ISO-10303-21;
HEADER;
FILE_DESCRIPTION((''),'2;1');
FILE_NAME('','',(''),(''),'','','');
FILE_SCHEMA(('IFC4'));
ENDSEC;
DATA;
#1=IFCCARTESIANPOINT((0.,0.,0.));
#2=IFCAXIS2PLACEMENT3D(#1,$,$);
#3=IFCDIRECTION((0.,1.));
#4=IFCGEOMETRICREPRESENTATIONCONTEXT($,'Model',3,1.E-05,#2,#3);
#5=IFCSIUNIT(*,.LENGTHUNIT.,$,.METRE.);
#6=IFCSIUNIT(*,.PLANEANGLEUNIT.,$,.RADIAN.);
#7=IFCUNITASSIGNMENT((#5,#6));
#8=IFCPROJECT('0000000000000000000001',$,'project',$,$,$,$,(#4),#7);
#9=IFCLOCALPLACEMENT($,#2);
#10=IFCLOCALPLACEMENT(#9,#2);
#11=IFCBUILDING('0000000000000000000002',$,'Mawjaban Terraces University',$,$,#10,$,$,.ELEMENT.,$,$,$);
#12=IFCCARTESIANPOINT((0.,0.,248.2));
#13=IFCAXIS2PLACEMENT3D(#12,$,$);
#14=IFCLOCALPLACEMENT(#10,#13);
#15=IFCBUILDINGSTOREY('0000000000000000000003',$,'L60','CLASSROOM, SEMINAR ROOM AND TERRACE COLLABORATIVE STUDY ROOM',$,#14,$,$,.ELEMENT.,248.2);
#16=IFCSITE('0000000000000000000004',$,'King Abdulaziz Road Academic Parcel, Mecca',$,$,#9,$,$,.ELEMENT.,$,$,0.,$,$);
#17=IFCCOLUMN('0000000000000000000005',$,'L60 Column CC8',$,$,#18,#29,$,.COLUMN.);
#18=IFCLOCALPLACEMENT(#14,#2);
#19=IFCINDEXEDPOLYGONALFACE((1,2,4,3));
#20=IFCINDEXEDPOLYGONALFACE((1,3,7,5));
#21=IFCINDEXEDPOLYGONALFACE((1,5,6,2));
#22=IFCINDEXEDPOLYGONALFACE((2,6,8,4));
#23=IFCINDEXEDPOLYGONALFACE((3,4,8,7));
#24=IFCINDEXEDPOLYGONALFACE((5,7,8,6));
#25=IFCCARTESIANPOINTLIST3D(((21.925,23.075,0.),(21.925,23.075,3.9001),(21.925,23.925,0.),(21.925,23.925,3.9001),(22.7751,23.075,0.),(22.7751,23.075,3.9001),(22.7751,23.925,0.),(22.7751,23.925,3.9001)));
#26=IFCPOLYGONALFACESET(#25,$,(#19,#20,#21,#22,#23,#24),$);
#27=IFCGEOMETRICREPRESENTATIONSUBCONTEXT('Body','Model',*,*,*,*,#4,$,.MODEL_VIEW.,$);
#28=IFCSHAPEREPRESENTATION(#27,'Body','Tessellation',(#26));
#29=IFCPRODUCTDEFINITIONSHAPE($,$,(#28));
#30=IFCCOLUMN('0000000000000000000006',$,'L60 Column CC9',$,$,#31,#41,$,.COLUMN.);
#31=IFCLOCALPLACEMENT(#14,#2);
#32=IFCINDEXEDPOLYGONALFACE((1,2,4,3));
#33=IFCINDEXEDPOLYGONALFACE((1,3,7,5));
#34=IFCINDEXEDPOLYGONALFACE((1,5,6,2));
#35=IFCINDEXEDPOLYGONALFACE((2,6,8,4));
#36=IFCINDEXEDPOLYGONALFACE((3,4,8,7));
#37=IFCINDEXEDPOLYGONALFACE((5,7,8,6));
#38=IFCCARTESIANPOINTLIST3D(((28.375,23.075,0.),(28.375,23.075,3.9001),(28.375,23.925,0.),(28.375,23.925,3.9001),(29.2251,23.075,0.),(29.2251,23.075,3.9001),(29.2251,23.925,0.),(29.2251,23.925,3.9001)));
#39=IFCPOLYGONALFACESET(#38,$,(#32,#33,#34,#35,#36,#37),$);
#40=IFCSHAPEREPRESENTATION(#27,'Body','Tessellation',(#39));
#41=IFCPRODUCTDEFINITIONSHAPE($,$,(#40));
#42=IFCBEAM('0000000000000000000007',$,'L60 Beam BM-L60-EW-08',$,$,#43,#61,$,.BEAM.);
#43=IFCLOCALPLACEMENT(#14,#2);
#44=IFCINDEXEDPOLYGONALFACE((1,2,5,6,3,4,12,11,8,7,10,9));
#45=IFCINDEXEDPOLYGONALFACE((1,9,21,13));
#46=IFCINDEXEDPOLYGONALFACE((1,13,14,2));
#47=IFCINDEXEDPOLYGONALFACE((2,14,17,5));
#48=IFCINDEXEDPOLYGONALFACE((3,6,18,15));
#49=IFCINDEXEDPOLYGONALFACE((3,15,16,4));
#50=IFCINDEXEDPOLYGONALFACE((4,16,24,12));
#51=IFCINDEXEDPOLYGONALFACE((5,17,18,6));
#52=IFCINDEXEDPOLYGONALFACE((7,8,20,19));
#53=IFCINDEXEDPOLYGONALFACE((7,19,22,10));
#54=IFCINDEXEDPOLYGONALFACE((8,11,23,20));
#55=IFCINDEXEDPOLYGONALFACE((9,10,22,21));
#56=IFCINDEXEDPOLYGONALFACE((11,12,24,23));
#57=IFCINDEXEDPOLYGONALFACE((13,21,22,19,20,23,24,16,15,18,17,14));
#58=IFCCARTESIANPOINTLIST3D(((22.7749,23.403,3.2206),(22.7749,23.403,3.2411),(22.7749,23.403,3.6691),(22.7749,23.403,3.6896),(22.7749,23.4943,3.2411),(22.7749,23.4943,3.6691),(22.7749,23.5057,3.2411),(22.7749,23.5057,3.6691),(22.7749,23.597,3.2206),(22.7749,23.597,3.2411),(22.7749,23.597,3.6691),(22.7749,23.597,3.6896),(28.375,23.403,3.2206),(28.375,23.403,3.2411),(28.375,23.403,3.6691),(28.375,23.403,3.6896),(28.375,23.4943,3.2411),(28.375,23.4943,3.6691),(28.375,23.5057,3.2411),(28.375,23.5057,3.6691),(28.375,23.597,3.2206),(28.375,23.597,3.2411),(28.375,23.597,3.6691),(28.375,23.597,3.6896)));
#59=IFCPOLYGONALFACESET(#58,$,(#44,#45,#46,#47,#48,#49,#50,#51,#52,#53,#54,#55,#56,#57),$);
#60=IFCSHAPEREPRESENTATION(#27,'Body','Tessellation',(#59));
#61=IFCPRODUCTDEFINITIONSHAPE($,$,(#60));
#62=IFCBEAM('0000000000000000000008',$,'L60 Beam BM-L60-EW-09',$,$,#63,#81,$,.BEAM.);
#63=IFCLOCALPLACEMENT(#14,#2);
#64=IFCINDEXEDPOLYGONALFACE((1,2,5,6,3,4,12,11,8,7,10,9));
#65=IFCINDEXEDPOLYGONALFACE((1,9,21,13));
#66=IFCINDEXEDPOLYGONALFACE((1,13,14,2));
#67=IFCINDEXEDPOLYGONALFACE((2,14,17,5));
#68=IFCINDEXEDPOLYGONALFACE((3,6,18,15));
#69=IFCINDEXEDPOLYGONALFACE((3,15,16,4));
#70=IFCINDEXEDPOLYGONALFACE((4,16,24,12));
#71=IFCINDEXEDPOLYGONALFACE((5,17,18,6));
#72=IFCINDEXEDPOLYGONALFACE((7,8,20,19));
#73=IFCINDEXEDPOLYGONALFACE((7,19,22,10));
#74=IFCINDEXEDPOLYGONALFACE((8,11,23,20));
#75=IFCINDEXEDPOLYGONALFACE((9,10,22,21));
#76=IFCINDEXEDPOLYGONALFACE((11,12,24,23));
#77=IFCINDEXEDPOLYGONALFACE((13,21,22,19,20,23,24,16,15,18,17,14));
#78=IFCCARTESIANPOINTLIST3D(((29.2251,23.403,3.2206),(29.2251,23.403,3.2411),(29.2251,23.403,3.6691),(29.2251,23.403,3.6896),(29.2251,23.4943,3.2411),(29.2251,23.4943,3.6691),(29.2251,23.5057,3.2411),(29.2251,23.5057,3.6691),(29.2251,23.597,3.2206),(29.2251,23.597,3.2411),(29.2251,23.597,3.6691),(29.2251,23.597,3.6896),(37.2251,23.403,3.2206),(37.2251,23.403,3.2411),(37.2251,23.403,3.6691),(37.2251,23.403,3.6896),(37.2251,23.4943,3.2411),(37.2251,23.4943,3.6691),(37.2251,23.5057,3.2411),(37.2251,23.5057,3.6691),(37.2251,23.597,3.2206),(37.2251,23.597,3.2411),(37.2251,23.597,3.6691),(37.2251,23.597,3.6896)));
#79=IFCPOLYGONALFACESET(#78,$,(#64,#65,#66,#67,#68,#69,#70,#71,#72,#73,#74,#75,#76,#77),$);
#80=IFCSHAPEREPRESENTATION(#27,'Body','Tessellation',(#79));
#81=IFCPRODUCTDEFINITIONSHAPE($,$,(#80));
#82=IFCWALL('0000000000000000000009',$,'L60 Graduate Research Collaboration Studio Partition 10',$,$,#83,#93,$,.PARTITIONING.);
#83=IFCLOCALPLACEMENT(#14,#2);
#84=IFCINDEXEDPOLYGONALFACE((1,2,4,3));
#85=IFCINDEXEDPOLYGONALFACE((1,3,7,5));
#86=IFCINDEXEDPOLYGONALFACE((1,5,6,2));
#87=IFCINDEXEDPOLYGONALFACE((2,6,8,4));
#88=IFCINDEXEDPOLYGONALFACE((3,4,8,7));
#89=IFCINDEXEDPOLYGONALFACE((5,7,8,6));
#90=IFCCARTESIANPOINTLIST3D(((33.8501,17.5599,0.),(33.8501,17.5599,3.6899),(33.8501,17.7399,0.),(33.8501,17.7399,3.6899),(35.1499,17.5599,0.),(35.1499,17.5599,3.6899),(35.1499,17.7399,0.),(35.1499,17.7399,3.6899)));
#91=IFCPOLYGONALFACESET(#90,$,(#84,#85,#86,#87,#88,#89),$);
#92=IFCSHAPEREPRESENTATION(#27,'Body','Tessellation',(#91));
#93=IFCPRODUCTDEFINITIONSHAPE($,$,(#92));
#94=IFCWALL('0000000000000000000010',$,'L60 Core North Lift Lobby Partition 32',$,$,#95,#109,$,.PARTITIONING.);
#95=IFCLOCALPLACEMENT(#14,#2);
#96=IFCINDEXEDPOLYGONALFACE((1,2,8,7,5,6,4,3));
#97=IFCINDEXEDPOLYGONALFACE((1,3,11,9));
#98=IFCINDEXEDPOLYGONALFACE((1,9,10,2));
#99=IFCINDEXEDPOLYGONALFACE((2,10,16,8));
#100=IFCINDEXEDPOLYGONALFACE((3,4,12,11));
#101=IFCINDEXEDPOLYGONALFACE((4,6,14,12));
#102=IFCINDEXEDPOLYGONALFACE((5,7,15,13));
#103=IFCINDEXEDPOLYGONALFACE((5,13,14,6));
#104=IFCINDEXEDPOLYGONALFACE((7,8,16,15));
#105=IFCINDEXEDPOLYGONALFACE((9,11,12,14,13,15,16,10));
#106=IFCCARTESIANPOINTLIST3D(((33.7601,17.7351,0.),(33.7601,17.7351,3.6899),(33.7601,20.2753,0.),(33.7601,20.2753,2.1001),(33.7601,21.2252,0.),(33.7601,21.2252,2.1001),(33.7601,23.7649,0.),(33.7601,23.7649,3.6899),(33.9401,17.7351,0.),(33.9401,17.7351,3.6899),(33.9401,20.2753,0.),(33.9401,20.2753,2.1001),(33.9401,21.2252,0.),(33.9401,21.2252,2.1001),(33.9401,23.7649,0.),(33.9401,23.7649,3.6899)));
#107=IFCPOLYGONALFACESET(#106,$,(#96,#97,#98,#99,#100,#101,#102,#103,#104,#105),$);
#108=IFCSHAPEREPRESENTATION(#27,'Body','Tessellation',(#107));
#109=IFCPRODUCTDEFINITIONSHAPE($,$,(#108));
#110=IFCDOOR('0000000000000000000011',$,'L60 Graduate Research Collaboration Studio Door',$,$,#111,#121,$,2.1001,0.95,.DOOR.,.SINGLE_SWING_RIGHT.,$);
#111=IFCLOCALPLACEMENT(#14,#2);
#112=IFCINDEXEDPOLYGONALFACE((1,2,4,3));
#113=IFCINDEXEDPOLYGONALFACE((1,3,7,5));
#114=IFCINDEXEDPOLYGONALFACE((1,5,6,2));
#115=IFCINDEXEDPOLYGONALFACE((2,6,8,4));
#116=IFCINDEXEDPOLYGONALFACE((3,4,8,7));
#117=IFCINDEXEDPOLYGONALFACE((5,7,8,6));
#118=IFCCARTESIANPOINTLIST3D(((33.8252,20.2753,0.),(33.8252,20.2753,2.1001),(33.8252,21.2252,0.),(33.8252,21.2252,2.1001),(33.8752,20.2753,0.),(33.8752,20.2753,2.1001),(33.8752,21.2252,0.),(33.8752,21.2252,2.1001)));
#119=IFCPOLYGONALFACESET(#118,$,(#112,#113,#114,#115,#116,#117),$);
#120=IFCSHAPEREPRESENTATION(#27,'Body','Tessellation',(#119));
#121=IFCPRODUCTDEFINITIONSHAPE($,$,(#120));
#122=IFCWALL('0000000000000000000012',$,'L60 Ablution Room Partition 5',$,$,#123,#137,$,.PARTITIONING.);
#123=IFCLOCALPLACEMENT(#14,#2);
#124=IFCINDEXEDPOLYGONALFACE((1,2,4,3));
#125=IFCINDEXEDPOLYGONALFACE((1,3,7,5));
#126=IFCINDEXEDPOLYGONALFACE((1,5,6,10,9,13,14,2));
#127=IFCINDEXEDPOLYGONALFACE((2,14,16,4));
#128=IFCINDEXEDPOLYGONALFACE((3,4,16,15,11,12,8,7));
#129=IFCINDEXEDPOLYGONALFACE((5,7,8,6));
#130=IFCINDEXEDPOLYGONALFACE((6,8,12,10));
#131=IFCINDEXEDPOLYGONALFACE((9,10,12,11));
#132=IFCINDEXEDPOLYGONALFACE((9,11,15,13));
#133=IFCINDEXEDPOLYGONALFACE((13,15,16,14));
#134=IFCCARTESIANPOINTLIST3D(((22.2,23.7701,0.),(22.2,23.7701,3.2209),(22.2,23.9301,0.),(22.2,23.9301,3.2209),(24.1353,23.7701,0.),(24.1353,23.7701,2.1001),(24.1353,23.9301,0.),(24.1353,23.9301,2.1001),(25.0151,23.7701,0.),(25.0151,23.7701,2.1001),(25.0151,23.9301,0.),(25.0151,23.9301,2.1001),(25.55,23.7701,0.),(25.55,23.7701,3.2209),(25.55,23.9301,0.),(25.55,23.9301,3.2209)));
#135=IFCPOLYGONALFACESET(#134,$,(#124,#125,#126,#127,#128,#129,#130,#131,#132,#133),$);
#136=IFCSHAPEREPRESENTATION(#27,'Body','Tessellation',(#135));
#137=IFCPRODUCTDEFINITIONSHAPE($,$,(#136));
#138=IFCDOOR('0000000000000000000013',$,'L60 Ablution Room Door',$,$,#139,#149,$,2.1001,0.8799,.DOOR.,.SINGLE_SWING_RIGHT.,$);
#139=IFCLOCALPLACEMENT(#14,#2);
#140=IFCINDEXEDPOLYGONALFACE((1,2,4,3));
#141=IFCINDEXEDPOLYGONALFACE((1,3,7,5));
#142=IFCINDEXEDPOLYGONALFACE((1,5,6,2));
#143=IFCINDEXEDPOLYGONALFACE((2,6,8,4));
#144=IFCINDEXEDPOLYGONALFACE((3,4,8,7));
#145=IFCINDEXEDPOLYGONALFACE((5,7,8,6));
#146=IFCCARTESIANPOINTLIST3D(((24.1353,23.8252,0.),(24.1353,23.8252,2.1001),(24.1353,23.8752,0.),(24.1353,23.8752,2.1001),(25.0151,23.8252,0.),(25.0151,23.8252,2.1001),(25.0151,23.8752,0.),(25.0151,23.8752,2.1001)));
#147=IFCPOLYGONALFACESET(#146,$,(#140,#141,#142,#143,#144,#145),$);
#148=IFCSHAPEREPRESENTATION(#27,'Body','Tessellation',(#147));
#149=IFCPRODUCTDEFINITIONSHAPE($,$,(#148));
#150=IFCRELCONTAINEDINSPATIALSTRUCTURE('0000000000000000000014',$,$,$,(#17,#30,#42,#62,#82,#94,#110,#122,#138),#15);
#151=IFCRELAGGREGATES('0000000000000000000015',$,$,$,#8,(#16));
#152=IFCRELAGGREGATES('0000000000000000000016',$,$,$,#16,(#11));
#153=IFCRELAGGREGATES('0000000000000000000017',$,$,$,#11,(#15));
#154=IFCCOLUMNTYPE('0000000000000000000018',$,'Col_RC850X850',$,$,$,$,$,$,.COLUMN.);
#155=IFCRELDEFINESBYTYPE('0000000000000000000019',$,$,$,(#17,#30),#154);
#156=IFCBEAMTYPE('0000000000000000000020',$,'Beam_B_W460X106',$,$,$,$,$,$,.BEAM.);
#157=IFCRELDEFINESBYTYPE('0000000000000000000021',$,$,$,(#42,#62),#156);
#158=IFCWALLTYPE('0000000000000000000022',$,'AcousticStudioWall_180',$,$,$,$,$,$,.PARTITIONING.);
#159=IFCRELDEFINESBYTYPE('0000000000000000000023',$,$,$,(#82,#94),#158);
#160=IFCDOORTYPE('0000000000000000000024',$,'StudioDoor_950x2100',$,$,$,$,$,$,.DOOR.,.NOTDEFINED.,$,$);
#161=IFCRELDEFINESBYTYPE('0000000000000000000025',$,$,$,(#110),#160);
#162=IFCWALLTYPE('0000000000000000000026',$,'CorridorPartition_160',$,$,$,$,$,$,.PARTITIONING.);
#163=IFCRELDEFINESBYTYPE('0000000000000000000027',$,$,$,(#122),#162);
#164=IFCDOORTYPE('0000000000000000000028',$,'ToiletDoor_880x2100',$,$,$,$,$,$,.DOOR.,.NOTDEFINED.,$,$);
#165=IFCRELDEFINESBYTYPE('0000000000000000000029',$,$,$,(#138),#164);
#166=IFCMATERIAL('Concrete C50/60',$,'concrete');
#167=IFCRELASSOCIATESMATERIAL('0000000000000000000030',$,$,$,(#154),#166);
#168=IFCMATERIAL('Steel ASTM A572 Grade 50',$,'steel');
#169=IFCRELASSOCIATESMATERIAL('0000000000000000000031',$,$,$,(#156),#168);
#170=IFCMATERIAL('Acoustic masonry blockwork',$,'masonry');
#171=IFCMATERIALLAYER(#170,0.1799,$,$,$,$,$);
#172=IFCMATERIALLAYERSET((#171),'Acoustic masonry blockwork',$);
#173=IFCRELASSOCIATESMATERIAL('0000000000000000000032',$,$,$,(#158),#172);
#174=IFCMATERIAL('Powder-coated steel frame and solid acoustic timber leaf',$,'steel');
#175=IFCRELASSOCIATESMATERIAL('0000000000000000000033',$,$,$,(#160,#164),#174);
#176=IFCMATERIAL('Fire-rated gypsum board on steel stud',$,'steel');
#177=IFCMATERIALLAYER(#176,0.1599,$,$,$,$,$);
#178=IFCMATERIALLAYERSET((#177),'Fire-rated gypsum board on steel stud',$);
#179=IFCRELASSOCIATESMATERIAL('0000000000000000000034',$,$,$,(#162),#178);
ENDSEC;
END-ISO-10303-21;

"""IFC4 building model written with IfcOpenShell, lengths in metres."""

from ifc_helpers import new_model, si_unit, direction, frame, frame_2d, origin, origin_2d, place, context, subcontext, project, spatial, rectangle, i_section, extrude, material, layer, layer_set, material_profile, profile_set, type_object, element, fill, save


model = new_model("IFC4")

# Units and contexts
model_context = context("Model", 3, precision=1e-05, world=origin(), true_north=direction((0.0, 1.0)))
body_context = subcontext(model_context, "Body", "Model", "MODEL_VIEW")
ifc_project = project(units=[si_unit("LENGTHUNIT", "METRE"), si_unit("PLANEANGLEUNIT", "RADIAN")], contexts=[model_context])

# Site, building, storey
site_placement = place(None, origin())
site = spatial("IfcSite", under=ifc_project, at=site_placement, Name="King Abdulaziz Road Academic Parcel, Mecca", CompositionType="ELEMENT", RefElevation=0.0)
building_placement = place(site_placement, origin())
building = spatial("IfcBuilding", under=site, at=building_placement, Name="Mawjaban Terraces University", CompositionType="ELEMENT")
storey_placement = place(building_placement, frame((0.0, 0.0, 248.2)))
storey = spatial("IfcBuildingStorey", under=building, at=storey_placement, Name="L60", Description="CLASSROOM, SEMINAR ROOM AND TERRACE COLLABORATIVE STUDY ROOM", CompositionType="ELEMENT", Elevation=248.2)

# Columns
ifc_material_1 = material(Name="Concrete C50/60", Category="concrete")
ifc_material_profile_1 = material_profile(ifc_material_1, rectangle(XDim=0.8501, YDim=0.8501, at=origin_2d()), Name="RC850X850")
ifc_profile_set_1 = profile_set([ifc_material_profile_1], Name="Concrete C50/60")
column_type = type_object("IfcColumnType", Name="Col_RC850X850", PredefinedType="COLUMN", material=ifc_profile_set_1)
for number, where, z_axis, x_axis, name in (
    (1, (22.3501, 23.5, 0.0), (0.0, 0.0, 1.0), (1.0, 0.0, 0.0), "L60 Column CC8"),
    (2, (28.8, 23.5, 0.0), (0.0, 0.0, 1.0), (1.0, 0.0, 0.0), "L60 Column CC9"),
):
    element("IfcColumn", number, at=place(storey_placement, frame(where, z_axis=z_axis, x_axis=x_axis)), inside=storey, type_object=column_type, Name=name, PredefinedType="COLUMN", context=body_context, shape_type="SweptSolid", body=[
        extrude(rectangle(XDim=0.8501, YDim=0.8501, at=origin_2d()), origin(), (0.0, 0.0, 1.0), 3.9001),
    ])

# Beams
ifc_material_2 = material(Name="Steel ASTM A572 Grade 50", Category="steel")
ifc_material_profile_2 = material_profile(ifc_material_2, i_section(OverallWidth=0.1941, OverallDepth=0.469, WebThickness=0.0115, FlangeThickness=0.0205, at=origin_2d()), Name="W460X106")
ifc_profile_set_2 = profile_set([ifc_material_profile_2], Name="Steel ASTM A572 Grade 50")
beam_type = type_object("IfcBeamType", Name="Beam_B_W460X106", PredefinedType="BEAM", material=ifc_profile_set_2)
beam_1_placement = place(storey_placement, frame((22.7749, 23.5, 3.4551), z_axis=(1.0, 0.0, 0.0), x_axis=(0.0, 1.0, 0.0)))
element("IfcBeam", 3, at=beam_1_placement, inside=storey, type_object=beam_type, Name="L60 Beam BM-L60-EW-08", PredefinedType="BEAM", context=body_context, shape_type="SweptSolid", body=[
    extrude(i_section(OverallWidth=0.1941, OverallDepth=0.469, WebThickness=0.0115, FlangeThickness=0.0205, at=origin_2d()), origin(), (0.0, 0.0, 1.0), 5.6001),
])
beam_2_placement = place(storey_placement, frame((29.2251, 23.5, 3.4551), z_axis=(1.0, 0.0, 0.0), x_axis=(0.0, 1.0, 0.0)))
element("IfcBeam", 4, at=beam_2_placement, inside=storey, type_object=beam_type, Name="L60 Beam BM-L60-EW-09", PredefinedType="BEAM", context=body_context, shape_type="SweptSolid", body=[
    extrude(i_section(OverallWidth=0.1941, OverallDepth=0.469, WebThickness=0.0115, FlangeThickness=0.0205, at=origin_2d()), origin(), (0.0, 0.0, 1.0), 8.0),
])

# Wall
ifc_material_3 = material(Name="Acoustic masonry blockwork", Category="masonry")
ifc_layer_1 = layer(ifc_material_3, 0.1799)
ifc_layer_set_1 = layer_set([ifc_layer_1], Name="Acoustic masonry blockwork")
wall_type_1 = type_object("IfcWallType", Name="AcousticStudioWall_180", PredefinedType="PARTITIONING", material=ifc_layer_set_1)
wall_1_placement = place(storey_placement, frame((33.8501, 17.6499, 0.0), z_axis=(0.0, 0.0, 1.0), x_axis=(1.0, 0.0, 0.0)))
element("IfcWall", 5, at=wall_1_placement, inside=storey, type_object=wall_type_1, Name="L60 Graduate Research Collaboration Studio Partition 10", PredefinedType="PARTITIONING", context=body_context, shape_type="SweptSolid", body=[
    extrude(rectangle(XDim=1.2998, YDim=0.1799, at=frame_2d((0.6499, 0.0))), origin(), (0.0, 0.0, 1.0), 3.6899),
])

# Walls, openings, doors
wall_2_placement = place(storey_placement, frame((33.8501, 17.7351, 0.0), z_axis=(0.0, 0.0, 1.0), x_axis=(0.0, 1.0, 0.0)))
wall_2 = element("IfcWall", 6, at=wall_2_placement, inside=storey, type_object=wall_type_1, Name="L60 Core North Lift Lobby Partition 32", PredefinedType="PARTITIONING", context=body_context, shape_type="SweptSolid", body=[
    extrude(rectangle(XDim=6.0298, YDim=0.1799, at=frame_2d((3.0149, 0.0))), origin(), (0.0, 0.0, 1.0), 3.6899),
])
opening_1_placement = place(wall_2_placement, frame((2.54, 0.0, 0.0)))
opening_1 = element("IfcOpeningElement", 7, at=opening_1_placement, cuts=wall_2, PredefinedType="OPENING", context=body_context, shape_type="SweptSolid", body=[
    extrude(rectangle(XDim=0.95, YDim=2.1001, at=frame_2d((0.4751, 1.05))), frame((0.0, 0.0999, 0.0), z_axis=(0.0, -1.0, 0.0), x_axis=(1.0, 0.0, 0.0)), (0.0, 0.0, 1.0), 0.2),
])
ifc_material_4 = material(Name="Powder-coated steel frame and solid acoustic timber leaf", Category="steel")
door_type_1 = type_object("IfcDoorType", Name="StudioDoor_950x2100", OperationType="NOTDEFINED", PredefinedType="DOOR", material=ifc_material_4)
door_1_placement = place(opening_1_placement, origin())
door_1 = element("IfcDoor", 8, at=door_1_placement, inside=storey, type_object=door_type_1, Name="L60 Graduate Research Collaboration Studio Door", OperationType="SINGLE_SWING_RIGHT", OverallHeight=2.1001, OverallWidth=0.95, PredefinedType="DOOR", context=body_context, shape_type="SweptSolid", body=[
    extrude(rectangle(XDim=0.95, YDim=2.1001, at=frame_2d((0.4751, 1.05))), frame((0.0, 0.0249, 0.0), z_axis=(0.0, -1.0, 0.0), x_axis=(1.0, 0.0, 0.0)), (0.0, 0.0, 1.0), 0.05),
])
fill(opening_1, door_1)
ifc_material_5 = material(Name="Fire-rated gypsum board on steel stud", Category="steel")
ifc_layer_2 = layer(ifc_material_5, 0.1599)
ifc_layer_set_2 = layer_set([ifc_layer_2], Name="Fire-rated gypsum board on steel stud")
wall_type_2 = type_object("IfcWallType", Name="CorridorPartition_160", PredefinedType="PARTITIONING", material=ifc_layer_set_2)
wall_3_placement = place(storey_placement, frame((25.55, 23.8501, 0.0), z_axis=(0.0, 0.0, 1.0), x_axis=(-1.0, 0.0, 0.0)))
wall_3 = element("IfcWall", 9, at=wall_3_placement, inside=storey, type_object=wall_type_2, Name="L60 Ablution Room Partition 5", PredefinedType="PARTITIONING", context=body_context, shape_type="SweptSolid", body=[
    extrude(rectangle(XDim=3.3501, YDim=0.1599, at=frame_2d((1.675, 0.0))), origin(), (0.0, 0.0, 1.0), 3.2209),
])
opening_2_placement = place(wall_3_placement, frame((0.5349, 0.0, 0.0)))
opening_2 = element("IfcOpeningElement", 10, at=opening_2_placement, cuts=wall_3, PredefinedType="OPENING", context=body_context, shape_type="SweptSolid", body=[
    extrude(rectangle(XDim=0.8799, YDim=2.1001, at=frame_2d((0.4399, 1.05))), frame((0.0, 0.0898, 0.0), z_axis=(0.0, -1.0, 0.0), x_axis=(1.0, 0.0, 0.0)), (0.0, 0.0, 1.0), 0.1799),
])
door_type_2 = type_object("IfcDoorType", Name="ToiletDoor_880x2100", OperationType="NOTDEFINED", PredefinedType="DOOR", material=ifc_material_4)
door_2_placement = place(opening_2_placement, origin())
door_2 = element("IfcDoor", 11, at=door_2_placement, inside=storey, type_object=door_type_2, Name="L60 Ablution Room Door", OperationType="SINGLE_SWING_RIGHT", OverallHeight=2.1001, OverallWidth=0.8799, PredefinedType="DOOR", context=body_context, shape_type="SweptSolid", body=[
    extrude(rectangle(XDim=0.8799, YDim=2.1001, at=frame_2d((0.4399, 1.05))), frame((0.0, 0.0249, 0.0), z_axis=(0.0, -1.0, 0.0), x_axis=(1.0, 0.0, 0.0)), (0.0, 0.0, 1.0), 0.05),
])
fill(opening_2, door_2)

save(model, "model.ifc")
